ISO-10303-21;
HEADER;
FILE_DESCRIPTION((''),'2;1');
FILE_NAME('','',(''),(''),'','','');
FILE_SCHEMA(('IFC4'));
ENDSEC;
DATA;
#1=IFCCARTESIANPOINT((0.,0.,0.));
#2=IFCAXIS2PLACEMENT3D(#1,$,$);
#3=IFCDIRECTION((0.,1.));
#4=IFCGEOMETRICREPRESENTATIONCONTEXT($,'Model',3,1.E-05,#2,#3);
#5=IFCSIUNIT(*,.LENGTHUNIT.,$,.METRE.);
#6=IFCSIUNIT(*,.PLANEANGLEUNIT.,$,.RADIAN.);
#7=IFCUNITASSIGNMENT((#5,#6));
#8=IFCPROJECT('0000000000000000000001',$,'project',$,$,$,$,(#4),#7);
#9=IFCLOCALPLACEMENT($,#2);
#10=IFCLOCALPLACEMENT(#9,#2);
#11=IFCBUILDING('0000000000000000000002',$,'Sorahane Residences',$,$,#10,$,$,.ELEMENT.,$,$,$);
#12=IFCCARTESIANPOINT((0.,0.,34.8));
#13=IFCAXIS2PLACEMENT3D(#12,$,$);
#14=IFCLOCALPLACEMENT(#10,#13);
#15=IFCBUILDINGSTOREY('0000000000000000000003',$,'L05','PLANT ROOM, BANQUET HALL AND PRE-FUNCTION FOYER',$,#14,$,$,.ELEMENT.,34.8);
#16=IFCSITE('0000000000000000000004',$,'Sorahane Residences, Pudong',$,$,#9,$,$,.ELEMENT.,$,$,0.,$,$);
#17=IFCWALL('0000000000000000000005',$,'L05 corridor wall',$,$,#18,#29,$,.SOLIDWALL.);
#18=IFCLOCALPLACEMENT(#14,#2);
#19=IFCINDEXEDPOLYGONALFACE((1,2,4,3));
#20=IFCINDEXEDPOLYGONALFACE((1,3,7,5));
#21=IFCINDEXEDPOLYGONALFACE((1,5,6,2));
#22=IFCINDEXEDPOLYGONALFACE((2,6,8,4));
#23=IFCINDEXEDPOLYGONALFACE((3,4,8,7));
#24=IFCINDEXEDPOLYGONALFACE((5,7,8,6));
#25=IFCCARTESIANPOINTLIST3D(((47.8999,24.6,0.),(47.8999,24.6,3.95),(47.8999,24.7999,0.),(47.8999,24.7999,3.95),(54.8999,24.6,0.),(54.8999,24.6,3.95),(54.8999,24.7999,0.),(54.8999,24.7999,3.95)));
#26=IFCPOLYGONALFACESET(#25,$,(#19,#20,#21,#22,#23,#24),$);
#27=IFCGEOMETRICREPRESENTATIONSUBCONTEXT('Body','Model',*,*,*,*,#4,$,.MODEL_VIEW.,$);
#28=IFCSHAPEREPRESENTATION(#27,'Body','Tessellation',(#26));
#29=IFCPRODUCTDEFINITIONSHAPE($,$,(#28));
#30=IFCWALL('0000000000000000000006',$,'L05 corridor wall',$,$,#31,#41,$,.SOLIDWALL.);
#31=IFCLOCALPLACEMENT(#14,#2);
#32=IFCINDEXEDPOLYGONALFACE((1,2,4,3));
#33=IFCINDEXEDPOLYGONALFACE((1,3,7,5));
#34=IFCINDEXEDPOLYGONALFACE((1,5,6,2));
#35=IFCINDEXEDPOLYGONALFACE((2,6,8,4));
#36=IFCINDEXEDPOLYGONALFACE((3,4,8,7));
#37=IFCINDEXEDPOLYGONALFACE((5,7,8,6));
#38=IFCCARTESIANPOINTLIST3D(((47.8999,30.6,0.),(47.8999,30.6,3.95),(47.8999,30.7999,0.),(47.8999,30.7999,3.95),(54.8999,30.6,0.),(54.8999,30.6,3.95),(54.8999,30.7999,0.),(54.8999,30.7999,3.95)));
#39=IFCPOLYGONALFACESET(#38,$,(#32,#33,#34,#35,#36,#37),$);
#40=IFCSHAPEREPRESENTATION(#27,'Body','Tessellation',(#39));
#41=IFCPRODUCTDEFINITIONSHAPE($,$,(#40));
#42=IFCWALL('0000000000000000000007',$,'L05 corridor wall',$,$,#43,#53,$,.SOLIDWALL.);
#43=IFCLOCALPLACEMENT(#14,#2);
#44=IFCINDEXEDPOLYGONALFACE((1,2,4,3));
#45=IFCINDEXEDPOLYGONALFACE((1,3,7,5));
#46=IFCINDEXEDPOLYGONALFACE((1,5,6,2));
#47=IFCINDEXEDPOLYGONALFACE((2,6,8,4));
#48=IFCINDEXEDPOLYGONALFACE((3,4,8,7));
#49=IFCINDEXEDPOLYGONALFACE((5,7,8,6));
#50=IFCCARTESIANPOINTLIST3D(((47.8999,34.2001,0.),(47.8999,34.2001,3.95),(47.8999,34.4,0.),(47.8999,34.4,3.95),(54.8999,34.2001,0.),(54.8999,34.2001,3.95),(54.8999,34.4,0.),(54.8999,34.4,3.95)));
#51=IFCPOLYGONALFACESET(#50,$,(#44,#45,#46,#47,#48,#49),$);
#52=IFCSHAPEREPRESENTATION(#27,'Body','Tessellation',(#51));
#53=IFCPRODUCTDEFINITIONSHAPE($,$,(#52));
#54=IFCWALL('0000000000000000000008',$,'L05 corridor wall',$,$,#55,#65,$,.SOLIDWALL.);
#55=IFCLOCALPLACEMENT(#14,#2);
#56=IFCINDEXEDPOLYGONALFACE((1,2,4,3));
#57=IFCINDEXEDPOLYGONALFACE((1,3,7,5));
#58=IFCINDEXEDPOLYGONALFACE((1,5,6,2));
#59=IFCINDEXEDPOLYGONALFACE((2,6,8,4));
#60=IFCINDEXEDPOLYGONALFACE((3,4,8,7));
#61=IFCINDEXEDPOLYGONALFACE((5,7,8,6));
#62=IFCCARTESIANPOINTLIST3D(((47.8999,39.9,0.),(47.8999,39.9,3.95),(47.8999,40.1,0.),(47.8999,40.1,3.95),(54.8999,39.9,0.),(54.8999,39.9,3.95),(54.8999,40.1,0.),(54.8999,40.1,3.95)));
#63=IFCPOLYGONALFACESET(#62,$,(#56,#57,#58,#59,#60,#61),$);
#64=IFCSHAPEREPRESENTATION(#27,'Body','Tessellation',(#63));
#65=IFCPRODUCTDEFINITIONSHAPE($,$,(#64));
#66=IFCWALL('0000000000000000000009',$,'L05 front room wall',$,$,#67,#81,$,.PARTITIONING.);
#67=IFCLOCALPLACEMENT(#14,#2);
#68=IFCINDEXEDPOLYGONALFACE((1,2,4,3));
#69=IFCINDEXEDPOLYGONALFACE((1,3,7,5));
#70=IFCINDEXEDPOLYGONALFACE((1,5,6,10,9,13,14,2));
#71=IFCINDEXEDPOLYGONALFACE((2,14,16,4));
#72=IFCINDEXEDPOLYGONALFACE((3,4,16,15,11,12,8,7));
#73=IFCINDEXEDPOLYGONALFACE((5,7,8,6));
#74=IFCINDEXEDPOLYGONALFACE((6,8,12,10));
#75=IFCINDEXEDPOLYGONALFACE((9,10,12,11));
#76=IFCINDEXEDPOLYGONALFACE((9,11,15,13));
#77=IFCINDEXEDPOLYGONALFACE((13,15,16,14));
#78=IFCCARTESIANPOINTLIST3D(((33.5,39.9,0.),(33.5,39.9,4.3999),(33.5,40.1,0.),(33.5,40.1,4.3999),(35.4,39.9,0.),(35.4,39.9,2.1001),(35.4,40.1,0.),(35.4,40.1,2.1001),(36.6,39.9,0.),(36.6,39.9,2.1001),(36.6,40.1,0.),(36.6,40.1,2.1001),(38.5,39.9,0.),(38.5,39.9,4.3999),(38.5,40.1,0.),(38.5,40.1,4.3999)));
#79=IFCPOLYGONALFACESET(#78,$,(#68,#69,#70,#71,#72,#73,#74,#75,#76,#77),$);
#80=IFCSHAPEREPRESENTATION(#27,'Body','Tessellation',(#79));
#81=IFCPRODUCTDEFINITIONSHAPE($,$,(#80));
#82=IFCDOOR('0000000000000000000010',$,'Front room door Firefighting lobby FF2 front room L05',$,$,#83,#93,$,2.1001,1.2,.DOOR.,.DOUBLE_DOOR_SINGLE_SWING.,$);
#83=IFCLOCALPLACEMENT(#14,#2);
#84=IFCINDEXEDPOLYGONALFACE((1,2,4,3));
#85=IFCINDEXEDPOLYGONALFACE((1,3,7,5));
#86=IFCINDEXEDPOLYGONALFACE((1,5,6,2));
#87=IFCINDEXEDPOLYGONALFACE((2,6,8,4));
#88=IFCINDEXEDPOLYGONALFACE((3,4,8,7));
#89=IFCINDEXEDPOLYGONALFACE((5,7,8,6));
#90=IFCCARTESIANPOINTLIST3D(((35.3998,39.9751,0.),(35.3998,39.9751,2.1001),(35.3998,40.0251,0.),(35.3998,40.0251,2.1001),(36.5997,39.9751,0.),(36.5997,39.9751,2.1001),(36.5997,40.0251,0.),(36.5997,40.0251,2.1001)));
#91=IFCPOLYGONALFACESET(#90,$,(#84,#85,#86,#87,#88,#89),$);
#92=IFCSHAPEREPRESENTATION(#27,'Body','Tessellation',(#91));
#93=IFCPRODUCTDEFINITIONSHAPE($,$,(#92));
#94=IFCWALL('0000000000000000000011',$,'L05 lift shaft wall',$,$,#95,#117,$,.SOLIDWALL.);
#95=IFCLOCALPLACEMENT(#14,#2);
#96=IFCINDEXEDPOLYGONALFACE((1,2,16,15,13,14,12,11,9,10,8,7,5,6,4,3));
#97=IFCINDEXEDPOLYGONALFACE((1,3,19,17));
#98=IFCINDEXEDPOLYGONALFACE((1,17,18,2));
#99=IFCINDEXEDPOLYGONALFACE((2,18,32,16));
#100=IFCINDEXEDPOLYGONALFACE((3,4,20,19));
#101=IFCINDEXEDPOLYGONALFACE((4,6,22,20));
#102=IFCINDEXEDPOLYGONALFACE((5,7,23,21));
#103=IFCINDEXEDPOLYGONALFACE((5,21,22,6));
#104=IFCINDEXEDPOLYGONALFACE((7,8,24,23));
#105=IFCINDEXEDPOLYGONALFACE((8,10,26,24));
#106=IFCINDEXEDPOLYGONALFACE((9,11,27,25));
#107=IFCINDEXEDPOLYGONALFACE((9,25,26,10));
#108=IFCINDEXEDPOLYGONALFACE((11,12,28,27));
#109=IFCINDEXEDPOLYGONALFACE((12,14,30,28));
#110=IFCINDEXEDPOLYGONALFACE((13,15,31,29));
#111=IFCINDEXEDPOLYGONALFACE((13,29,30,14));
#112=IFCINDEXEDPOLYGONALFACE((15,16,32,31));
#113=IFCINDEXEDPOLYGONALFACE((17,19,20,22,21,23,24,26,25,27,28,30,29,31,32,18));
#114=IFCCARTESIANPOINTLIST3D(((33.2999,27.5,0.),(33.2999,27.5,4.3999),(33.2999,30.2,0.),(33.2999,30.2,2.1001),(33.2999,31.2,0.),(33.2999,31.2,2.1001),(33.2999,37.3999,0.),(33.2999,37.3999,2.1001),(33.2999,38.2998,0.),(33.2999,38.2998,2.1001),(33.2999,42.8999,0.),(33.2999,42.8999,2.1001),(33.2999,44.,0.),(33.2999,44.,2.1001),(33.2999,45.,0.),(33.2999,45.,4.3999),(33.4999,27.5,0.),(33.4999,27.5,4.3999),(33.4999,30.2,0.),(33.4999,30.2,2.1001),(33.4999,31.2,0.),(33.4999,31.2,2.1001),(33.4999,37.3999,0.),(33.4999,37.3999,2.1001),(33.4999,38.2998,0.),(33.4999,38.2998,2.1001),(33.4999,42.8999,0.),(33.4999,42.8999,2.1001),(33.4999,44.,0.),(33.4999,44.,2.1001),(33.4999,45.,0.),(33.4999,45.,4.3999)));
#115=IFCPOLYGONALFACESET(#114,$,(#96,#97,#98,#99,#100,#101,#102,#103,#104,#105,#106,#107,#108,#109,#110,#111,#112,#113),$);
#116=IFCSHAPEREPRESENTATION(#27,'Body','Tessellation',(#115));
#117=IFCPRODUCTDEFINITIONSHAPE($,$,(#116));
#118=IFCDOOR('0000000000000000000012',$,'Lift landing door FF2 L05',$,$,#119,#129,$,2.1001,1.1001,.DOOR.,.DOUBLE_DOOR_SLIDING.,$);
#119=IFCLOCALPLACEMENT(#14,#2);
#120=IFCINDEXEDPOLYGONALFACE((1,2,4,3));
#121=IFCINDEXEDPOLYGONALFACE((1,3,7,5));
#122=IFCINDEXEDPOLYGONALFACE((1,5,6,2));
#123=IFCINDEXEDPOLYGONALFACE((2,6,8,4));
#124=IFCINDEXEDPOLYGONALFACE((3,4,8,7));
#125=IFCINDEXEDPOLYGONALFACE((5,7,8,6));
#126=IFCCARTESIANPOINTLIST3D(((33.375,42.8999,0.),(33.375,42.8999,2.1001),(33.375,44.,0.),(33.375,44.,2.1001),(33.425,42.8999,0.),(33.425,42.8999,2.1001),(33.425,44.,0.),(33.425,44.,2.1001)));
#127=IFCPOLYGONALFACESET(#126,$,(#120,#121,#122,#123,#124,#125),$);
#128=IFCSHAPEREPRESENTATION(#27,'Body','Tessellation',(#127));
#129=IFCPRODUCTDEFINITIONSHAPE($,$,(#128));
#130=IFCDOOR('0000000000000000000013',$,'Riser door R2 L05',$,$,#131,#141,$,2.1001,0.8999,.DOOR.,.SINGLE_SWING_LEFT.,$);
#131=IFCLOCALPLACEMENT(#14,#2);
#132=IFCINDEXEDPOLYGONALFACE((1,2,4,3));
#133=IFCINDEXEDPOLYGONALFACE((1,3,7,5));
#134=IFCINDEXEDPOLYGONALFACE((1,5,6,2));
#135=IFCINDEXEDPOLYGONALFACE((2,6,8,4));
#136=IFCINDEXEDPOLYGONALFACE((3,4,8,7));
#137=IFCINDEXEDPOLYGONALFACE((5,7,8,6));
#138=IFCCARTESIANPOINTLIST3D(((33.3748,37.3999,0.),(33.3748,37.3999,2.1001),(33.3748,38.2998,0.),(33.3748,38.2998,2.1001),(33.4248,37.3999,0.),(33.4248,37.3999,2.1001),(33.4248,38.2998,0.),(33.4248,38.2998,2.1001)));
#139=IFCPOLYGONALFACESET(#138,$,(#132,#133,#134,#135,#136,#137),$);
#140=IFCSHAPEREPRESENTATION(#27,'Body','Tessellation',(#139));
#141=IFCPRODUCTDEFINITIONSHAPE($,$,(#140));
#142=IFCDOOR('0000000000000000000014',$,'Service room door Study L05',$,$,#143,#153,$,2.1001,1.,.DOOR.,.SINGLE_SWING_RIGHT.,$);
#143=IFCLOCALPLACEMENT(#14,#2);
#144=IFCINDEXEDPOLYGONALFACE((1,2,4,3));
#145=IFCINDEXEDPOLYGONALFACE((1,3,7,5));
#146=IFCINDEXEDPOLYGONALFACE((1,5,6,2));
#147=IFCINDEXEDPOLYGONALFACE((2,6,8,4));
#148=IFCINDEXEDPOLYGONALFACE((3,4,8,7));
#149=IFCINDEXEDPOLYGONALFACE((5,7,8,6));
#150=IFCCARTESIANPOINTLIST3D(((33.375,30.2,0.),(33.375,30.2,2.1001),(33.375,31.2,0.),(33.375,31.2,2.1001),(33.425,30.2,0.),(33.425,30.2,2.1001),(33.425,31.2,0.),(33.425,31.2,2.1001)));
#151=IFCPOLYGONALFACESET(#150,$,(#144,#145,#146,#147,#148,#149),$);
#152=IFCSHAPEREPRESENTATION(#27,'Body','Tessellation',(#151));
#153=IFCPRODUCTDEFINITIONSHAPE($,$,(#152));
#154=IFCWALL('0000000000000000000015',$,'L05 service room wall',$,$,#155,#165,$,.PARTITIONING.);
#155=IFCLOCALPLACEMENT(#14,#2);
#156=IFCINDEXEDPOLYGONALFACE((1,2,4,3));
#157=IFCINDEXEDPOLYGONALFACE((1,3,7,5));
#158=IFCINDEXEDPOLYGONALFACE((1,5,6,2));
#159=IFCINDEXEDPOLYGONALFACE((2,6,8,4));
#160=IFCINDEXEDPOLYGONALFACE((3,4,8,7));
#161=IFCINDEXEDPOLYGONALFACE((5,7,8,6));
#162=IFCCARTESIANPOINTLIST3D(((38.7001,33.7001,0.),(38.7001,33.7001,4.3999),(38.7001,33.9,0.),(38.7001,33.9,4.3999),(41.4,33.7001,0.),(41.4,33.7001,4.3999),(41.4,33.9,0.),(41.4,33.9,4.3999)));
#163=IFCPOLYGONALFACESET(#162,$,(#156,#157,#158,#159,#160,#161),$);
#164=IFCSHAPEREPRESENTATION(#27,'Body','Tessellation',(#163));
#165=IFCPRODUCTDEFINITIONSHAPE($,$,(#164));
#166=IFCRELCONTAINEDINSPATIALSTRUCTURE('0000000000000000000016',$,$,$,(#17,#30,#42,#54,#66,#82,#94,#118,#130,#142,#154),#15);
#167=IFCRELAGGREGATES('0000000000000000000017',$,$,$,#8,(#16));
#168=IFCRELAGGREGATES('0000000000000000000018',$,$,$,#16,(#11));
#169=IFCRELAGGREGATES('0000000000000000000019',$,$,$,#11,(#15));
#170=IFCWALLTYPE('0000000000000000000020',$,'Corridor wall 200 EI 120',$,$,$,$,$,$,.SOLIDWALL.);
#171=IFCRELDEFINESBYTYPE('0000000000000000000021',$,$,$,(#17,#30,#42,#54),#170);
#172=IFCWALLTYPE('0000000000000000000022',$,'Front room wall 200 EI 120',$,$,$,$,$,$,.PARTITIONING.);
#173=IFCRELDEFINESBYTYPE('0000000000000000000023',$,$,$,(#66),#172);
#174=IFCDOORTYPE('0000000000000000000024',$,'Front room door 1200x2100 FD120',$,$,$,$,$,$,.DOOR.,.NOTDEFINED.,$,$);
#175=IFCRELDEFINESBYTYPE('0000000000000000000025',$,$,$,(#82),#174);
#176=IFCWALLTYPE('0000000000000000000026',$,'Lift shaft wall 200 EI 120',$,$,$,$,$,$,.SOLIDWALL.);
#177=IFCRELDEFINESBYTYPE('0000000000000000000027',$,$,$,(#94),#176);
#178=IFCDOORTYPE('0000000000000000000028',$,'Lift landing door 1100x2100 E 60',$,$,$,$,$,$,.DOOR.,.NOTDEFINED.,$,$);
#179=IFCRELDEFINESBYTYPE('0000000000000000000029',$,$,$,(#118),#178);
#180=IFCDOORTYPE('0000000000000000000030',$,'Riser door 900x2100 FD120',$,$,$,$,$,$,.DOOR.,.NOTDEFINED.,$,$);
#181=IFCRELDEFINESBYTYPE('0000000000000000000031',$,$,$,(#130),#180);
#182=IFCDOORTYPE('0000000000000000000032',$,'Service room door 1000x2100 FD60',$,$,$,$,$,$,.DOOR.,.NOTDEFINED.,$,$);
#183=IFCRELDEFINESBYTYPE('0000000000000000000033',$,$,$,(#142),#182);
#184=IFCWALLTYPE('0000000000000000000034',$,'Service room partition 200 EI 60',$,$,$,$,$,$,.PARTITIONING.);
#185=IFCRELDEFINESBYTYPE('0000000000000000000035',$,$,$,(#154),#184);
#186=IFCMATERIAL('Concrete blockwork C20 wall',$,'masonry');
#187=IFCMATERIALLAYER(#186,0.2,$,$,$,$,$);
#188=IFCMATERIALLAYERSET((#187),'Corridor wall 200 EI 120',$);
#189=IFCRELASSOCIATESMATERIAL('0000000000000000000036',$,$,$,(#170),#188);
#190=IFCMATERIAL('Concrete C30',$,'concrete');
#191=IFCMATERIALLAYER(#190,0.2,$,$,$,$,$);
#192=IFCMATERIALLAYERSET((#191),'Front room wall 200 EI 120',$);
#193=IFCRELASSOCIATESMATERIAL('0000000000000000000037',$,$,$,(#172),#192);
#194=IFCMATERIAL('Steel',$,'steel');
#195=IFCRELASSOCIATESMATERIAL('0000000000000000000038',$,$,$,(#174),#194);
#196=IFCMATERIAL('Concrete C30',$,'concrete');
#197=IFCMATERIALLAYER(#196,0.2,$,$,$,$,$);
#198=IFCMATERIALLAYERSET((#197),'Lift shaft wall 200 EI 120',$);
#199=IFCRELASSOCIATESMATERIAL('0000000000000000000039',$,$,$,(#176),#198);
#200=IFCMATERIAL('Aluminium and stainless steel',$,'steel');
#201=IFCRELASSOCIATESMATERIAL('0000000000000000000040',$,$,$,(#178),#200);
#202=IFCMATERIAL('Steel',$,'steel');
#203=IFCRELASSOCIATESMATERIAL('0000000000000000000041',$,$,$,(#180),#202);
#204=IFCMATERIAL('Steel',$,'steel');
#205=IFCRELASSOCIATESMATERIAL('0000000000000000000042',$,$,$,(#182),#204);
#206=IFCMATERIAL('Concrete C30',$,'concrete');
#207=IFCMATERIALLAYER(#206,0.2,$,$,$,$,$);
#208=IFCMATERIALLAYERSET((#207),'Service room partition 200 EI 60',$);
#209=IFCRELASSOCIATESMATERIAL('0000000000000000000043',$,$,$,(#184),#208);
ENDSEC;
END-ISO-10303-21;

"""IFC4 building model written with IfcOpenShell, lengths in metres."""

from ifc_helpers import new_model, si_unit, direction, frame, frame_2d, origin, place, context, subcontext, project, spatial, rectangle, extrude, material, layer, layer_set, type_object, element, fill, save


model = new_model("IFC4")

# Units and contexts
model_context = context("Model", 3, precision=1e-05, world=origin(), true_north=direction((0.0, 1.0)))
body_context = subcontext(model_context, "Body", "Model", "MODEL_VIEW")
ifc_project = project(units=[si_unit("LENGTHUNIT", "METRE"), si_unit("PLANEANGLEUNIT", "RADIAN")], contexts=[model_context])

# Site, building, storey
site_placement = place(None, origin())
site = spatial("IfcSite", under=ifc_project, at=site_placement, Name="Sorahane Residences, Pudong", CompositionType="ELEMENT", RefElevation=0.0)
building_placement = place(site_placement, origin())
building = spatial("IfcBuilding", under=site, at=building_placement, Name="Sorahane Residences", CompositionType="ELEMENT")
storey_placement = place(building_placement, frame((0.0, 0.0, 34.8)))
storey = spatial("IfcBuildingStorey", under=building, at=storey_placement, Name="L05", Description="PLANT ROOM, BANQUET HALL AND PRE-FUNCTION FOYER", CompositionType="ELEMENT", Elevation=34.8)

# Walls
ifc_material_1 = material(Name="Concrete blockwork C20 wall", Category="masonry")
ifc_layer_1 = layer(ifc_material_1, 0.2)
ifc_layer_set_1 = layer_set([ifc_layer_1], Name="Corridor wall 200 EI 120")
wall_type_1 = type_object("IfcWallType", Name="Corridor wall 200 EI 120", PredefinedType="SOLIDWALL", material=ifc_layer_set_1)
for number, where, z_axis, x_axis, name in (
    (1, (47.8999, 24.7, 0.0), (0.0, 0.0, 1.0), (1.0, 0.0, 0.0), "L05 corridor wall"),
    (2, (47.8999, 30.7, 0.0), (0.0, 0.0, 1.0), (1.0, 0.0, 0.0), "L05 corridor wall"),
    (3, (47.8999, 34.3, 0.0), (0.0, 0.0, 1.0), (1.0, 0.0, 0.0), "L05 corridor wall"),
    (4, (47.8999, 40.0, 0.0), (0.0, 0.0, 1.0), (1.0, 0.0, 0.0), "L05 corridor wall"),
):
    element("IfcWall", number, at=place(storey_placement, frame(where, z_axis=z_axis, x_axis=x_axis)), inside=storey, type_object=wall_type_1, Name=name, PredefinedType="SOLIDWALL", context=body_context, shape_type="SweptSolid", body=[
        extrude(rectangle(XDim=7.0, YDim=0.2, at=frame_2d((3.5, 0.0))), origin(), (0.0, 0.0, 1.0), 3.95),
    ])

# Wall, opening, door
ifc_material_2 = material(Name="Concrete C30", Category="concrete")
ifc_layer_2 = layer(ifc_material_2, 0.2)
ifc_layer_set_2 = layer_set([ifc_layer_2], Name="Front room wall 200 EI 120")
wall_type_2 = type_object("IfcWallType", Name="Front room wall 200 EI 120", PredefinedType="PARTITIONING", material=ifc_layer_set_2)
wall_1_placement = place(storey_placement, frame((33.5, 40.0, 0.0), z_axis=(0.0, 0.0, 1.0), x_axis=(1.0, 0.0, 0.0)))
wall_1 = element("IfcWall", 5, at=wall_1_placement, inside=storey, type_object=wall_type_2, Name="L05 front room wall", PredefinedType="PARTITIONING", context=body_context, shape_type="SweptSolid", body=[
    extrude(rectangle(XDim=5.0, YDim=0.2, at=frame_2d((2.5, 0.0))), origin(), (0.0, 0.0, 1.0), 4.3999),
])
opening_1_placement = place(wall_1_placement, frame((1.8999, 0.0, 0.0)))
opening_1 = element("IfcOpeningElement", 6, at=opening_1_placement, cuts=wall_1, PredefinedType="OPENING", context=body_context, shape_type="SweptSolid", body=[
    extrude(rectangle(XDim=1.2, YDim=2.1001, at=frame_2d((0.6001, 1.05))), frame((0.0, 0.1099, 0.0), z_axis=(0.0, -1.0, 0.0), x_axis=(1.0, 0.0, 0.0)), (0.0, 0.0, 1.0), 0.22),
])
ifc_material_3 = material(Name="Steel", Category="steel")
door_type_1 = type_object("IfcDoorType", Name="Front room door 1200x2100 FD120", OperationType="NOTDEFINED", PredefinedType="DOOR", material=ifc_material_3)
door_1_placement = place(opening_1_placement, frame((1.2, 0.0, 0.0), z_axis=(0.0, 0.0, 1.0), x_axis=(-1.0, 0.0, 0.0)))
door_1 = element("IfcDoor", 7, at=door_1_placement, inside=storey, type_object=door_type_1, Name="Front room door Firefighting lobby FF2 front room L05", OperationType="DOUBLE_DOOR_SINGLE_SWING", OverallHeight=2.1001, OverallWidth=1.2, PredefinedType="DOOR", context=body_context, shape_type="SweptSolid", body=[
    extrude(rectangle(XDim=1.2, YDim=2.1001, at=frame_2d((0.6001, 1.05))), frame((0.0, 0.0249, 0.0), z_axis=(0.0, -1.0, 0.0), x_axis=(1.0, 0.0, 0.0)), (0.0, 0.0, 1.0), 0.05),
])
fill(opening_1, door_1)

# Wall, openings, doors
ifc_material_4 = material(Name="Concrete C30", Category="concrete")
ifc_layer_3 = layer(ifc_material_4, 0.2)
ifc_layer_set_3 = layer_set([ifc_layer_3], Name="Lift shaft wall 200 EI 120")
wall_type_3 = type_object("IfcWallType", Name="Lift shaft wall 200 EI 120", PredefinedType="SOLIDWALL", material=ifc_layer_set_3)
wall_2_placement = place(storey_placement, frame((33.3999, 27.5, 0.0), z_axis=(0.0, 0.0, 1.0), x_axis=(0.0, 1.0, 0.0)))
wall_2 = element("IfcWall", 8, at=wall_2_placement, inside=storey, type_object=wall_type_3, Name="L05 lift shaft wall", PredefinedType="SOLIDWALL", context=body_context, shape_type="SweptSolid", body=[
    extrude(rectangle(XDim=17.5, YDim=0.2, at=frame_2d((8.75, 0.0))), origin(), (0.0, 0.0, 1.0), 4.3999),
])
opening_2_placement = place(wall_2_placement, frame((15.3999, 0.0, 0.0)))
opening_2 = element("IfcOpeningElement", 9, at=opening_2_placement, cuts=wall_2, PredefinedType="OPENING", context=body_context, shape_type="SweptSolid", body=[
    extrude(rectangle(XDim=1.1001, YDim=2.1001, at=frame_2d((0.55, 1.05))), frame((0.0, 0.1099, 0.0), z_axis=(0.0, -1.0, 0.0), x_axis=(1.0, 0.0, 0.0)), (0.0, 0.0, 1.0), 0.22),
])
opening_3_placement = place(wall_2_placement, frame((2.7, 0.0, 0.0)))
opening_3 = element("IfcOpeningElement", 10, at=opening_3_placement, cuts=wall_2, PredefinedType="OPENING", context=body_context, shape_type="SweptSolid", body=[
    extrude(rectangle(XDim=1.0, YDim=2.1001, at=frame_2d((0.5, 1.05))), frame((0.0, 0.1099, 0.0), z_axis=(0.0, -1.0, 0.0), x_axis=(1.0, 0.0, 0.0)), (0.0, 0.0, 1.0), 0.22),
])
opening_4_placement = place(wall_2_placement, frame((9.8999, 0.0, 0.0)))
opening_4 = element("IfcOpeningElement", 11, at=opening_4_placement, cuts=wall_2, PredefinedType="OPENING", context=body_context, shape_type="SweptSolid", body=[
    extrude(rectangle(XDim=0.8999, YDim=2.1001, at=frame_2d((0.45, 1.05))), frame((0.0, 0.1099, 0.0), z_axis=(0.0, -1.0, 0.0), x_axis=(1.0, 0.0, 0.0)), (0.0, 0.0, 1.0), 0.22),
])
ifc_material_5 = material(Name="Aluminium and stainless steel", Category="steel")
door_type_2 = type_object("IfcDoorType", Name="Lift landing door 1100x2100 E 60", OperationType="NOTDEFINED", PredefinedType="DOOR", material=ifc_material_5)
door_2_placement = place(opening_2_placement, origin())
door_2 = element("IfcDoor", 12, at=door_2_placement, inside=storey, type_object=door_type_2, Name="Lift landing door FF2 L05", OperationType="DOUBLE_DOOR_SLIDING", OverallHeight=2.1001, OverallWidth=1.1001, PredefinedType="DOOR", context=body_context, shape_type="SweptSolid", body=[
    extrude(rectangle(XDim=1.1001, YDim=2.1001, at=frame_2d((0.55, 1.05))), frame((0.0, 0.0249, 0.0), z_axis=(0.0, -1.0, 0.0), x_axis=(1.0, 0.0, 0.0)), (0.0, 0.0, 1.0), 0.05),
])
fill(opening_2, door_2)
ifc_material_6 = material(Name="Steel", Category="steel")
door_type_3 = type_object("IfcDoorType", Name="Riser door 900x2100 FD120", OperationType="NOTDEFINED", PredefinedType="DOOR", material=ifc_material_6)
door_3_placement = place(opening_4_placement, frame((0.8999, 0.0, 0.0), z_axis=(0.0, 0.0, 1.0), x_axis=(-1.0, 0.0, 0.0)))
door_3 = element("IfcDoor", 13, at=door_3_placement, inside=storey, type_object=door_type_3, Name="Riser door R2 L05", OperationType="SINGLE_SWING_LEFT", OverallHeight=2.1001, OverallWidth=0.8999, PredefinedType="DOOR", context=body_context, shape_type="SweptSolid", body=[
    extrude(rectangle(XDim=0.8999, YDim=2.1001, at=frame_2d((0.45, 1.05))), frame((0.0, 0.0249, 0.0), z_axis=(0.0, -1.0, 0.0), x_axis=(1.0, 0.0, 0.0)), (0.0, 0.0, 1.0), 0.05),
])
fill(opening_4, door_3)
ifc_material_7 = material(Name="Steel", Category="steel")
door_type_4 = type_object("IfcDoorType", Name="Service room door 1000x2100 FD60", OperationType="NOTDEFINED", PredefinedType="DOOR", material=ifc_material_7)
door_4_placement = place(opening_3_placement, origin())
door_4 = element("IfcDoor", 14, at=door_4_placement, inside=storey, type_object=door_type_4, Name="Service room door Study L05", OperationType="SINGLE_SWING_RIGHT", OverallHeight=2.1001, OverallWidth=1.0, PredefinedType="DOOR", context=body_context, shape_type="SweptSolid", body=[
    extrude(rectangle(XDim=1.0, YDim=2.1001, at=frame_2d((0.5, 1.05))), frame((0.0, 0.0249, 0.0), z_axis=(0.0, -1.0, 0.0), x_axis=(1.0, 0.0, 0.0)), (0.0, 0.0, 1.0), 0.05),
])
fill(opening_3, door_4)

# Wall
ifc_material_8 = material(Name="Concrete C30", Category="concrete")
ifc_layer_4 = layer(ifc_material_8, 0.2)
ifc_layer_set_4 = layer_set([ifc_layer_4], Name="Service room partition 200 EI 60")
wall_type_4 = type_object("IfcWallType", Name="Service room partition 200 EI 60", PredefinedType="PARTITIONING", material=ifc_layer_set_4)
wall_3_placement = place(storey_placement, frame((38.7, 33.8, 0.0), z_axis=(0.0, 0.0, 1.0), x_axis=(1.0, 0.0, 0.0)))
element("IfcWall", 15, at=wall_3_placement, inside=storey, type_object=wall_type_4, Name="L05 service room wall", PredefinedType="PARTITIONING", context=body_context, shape_type="SweptSolid", body=[
    extrude(rectangle(XDim=2.7, YDim=0.2, at=frame_2d((1.3501, 0.0))), origin(), (0.0, 0.0, 1.0), 4.3999),
])

save(model, "model.ifc")
